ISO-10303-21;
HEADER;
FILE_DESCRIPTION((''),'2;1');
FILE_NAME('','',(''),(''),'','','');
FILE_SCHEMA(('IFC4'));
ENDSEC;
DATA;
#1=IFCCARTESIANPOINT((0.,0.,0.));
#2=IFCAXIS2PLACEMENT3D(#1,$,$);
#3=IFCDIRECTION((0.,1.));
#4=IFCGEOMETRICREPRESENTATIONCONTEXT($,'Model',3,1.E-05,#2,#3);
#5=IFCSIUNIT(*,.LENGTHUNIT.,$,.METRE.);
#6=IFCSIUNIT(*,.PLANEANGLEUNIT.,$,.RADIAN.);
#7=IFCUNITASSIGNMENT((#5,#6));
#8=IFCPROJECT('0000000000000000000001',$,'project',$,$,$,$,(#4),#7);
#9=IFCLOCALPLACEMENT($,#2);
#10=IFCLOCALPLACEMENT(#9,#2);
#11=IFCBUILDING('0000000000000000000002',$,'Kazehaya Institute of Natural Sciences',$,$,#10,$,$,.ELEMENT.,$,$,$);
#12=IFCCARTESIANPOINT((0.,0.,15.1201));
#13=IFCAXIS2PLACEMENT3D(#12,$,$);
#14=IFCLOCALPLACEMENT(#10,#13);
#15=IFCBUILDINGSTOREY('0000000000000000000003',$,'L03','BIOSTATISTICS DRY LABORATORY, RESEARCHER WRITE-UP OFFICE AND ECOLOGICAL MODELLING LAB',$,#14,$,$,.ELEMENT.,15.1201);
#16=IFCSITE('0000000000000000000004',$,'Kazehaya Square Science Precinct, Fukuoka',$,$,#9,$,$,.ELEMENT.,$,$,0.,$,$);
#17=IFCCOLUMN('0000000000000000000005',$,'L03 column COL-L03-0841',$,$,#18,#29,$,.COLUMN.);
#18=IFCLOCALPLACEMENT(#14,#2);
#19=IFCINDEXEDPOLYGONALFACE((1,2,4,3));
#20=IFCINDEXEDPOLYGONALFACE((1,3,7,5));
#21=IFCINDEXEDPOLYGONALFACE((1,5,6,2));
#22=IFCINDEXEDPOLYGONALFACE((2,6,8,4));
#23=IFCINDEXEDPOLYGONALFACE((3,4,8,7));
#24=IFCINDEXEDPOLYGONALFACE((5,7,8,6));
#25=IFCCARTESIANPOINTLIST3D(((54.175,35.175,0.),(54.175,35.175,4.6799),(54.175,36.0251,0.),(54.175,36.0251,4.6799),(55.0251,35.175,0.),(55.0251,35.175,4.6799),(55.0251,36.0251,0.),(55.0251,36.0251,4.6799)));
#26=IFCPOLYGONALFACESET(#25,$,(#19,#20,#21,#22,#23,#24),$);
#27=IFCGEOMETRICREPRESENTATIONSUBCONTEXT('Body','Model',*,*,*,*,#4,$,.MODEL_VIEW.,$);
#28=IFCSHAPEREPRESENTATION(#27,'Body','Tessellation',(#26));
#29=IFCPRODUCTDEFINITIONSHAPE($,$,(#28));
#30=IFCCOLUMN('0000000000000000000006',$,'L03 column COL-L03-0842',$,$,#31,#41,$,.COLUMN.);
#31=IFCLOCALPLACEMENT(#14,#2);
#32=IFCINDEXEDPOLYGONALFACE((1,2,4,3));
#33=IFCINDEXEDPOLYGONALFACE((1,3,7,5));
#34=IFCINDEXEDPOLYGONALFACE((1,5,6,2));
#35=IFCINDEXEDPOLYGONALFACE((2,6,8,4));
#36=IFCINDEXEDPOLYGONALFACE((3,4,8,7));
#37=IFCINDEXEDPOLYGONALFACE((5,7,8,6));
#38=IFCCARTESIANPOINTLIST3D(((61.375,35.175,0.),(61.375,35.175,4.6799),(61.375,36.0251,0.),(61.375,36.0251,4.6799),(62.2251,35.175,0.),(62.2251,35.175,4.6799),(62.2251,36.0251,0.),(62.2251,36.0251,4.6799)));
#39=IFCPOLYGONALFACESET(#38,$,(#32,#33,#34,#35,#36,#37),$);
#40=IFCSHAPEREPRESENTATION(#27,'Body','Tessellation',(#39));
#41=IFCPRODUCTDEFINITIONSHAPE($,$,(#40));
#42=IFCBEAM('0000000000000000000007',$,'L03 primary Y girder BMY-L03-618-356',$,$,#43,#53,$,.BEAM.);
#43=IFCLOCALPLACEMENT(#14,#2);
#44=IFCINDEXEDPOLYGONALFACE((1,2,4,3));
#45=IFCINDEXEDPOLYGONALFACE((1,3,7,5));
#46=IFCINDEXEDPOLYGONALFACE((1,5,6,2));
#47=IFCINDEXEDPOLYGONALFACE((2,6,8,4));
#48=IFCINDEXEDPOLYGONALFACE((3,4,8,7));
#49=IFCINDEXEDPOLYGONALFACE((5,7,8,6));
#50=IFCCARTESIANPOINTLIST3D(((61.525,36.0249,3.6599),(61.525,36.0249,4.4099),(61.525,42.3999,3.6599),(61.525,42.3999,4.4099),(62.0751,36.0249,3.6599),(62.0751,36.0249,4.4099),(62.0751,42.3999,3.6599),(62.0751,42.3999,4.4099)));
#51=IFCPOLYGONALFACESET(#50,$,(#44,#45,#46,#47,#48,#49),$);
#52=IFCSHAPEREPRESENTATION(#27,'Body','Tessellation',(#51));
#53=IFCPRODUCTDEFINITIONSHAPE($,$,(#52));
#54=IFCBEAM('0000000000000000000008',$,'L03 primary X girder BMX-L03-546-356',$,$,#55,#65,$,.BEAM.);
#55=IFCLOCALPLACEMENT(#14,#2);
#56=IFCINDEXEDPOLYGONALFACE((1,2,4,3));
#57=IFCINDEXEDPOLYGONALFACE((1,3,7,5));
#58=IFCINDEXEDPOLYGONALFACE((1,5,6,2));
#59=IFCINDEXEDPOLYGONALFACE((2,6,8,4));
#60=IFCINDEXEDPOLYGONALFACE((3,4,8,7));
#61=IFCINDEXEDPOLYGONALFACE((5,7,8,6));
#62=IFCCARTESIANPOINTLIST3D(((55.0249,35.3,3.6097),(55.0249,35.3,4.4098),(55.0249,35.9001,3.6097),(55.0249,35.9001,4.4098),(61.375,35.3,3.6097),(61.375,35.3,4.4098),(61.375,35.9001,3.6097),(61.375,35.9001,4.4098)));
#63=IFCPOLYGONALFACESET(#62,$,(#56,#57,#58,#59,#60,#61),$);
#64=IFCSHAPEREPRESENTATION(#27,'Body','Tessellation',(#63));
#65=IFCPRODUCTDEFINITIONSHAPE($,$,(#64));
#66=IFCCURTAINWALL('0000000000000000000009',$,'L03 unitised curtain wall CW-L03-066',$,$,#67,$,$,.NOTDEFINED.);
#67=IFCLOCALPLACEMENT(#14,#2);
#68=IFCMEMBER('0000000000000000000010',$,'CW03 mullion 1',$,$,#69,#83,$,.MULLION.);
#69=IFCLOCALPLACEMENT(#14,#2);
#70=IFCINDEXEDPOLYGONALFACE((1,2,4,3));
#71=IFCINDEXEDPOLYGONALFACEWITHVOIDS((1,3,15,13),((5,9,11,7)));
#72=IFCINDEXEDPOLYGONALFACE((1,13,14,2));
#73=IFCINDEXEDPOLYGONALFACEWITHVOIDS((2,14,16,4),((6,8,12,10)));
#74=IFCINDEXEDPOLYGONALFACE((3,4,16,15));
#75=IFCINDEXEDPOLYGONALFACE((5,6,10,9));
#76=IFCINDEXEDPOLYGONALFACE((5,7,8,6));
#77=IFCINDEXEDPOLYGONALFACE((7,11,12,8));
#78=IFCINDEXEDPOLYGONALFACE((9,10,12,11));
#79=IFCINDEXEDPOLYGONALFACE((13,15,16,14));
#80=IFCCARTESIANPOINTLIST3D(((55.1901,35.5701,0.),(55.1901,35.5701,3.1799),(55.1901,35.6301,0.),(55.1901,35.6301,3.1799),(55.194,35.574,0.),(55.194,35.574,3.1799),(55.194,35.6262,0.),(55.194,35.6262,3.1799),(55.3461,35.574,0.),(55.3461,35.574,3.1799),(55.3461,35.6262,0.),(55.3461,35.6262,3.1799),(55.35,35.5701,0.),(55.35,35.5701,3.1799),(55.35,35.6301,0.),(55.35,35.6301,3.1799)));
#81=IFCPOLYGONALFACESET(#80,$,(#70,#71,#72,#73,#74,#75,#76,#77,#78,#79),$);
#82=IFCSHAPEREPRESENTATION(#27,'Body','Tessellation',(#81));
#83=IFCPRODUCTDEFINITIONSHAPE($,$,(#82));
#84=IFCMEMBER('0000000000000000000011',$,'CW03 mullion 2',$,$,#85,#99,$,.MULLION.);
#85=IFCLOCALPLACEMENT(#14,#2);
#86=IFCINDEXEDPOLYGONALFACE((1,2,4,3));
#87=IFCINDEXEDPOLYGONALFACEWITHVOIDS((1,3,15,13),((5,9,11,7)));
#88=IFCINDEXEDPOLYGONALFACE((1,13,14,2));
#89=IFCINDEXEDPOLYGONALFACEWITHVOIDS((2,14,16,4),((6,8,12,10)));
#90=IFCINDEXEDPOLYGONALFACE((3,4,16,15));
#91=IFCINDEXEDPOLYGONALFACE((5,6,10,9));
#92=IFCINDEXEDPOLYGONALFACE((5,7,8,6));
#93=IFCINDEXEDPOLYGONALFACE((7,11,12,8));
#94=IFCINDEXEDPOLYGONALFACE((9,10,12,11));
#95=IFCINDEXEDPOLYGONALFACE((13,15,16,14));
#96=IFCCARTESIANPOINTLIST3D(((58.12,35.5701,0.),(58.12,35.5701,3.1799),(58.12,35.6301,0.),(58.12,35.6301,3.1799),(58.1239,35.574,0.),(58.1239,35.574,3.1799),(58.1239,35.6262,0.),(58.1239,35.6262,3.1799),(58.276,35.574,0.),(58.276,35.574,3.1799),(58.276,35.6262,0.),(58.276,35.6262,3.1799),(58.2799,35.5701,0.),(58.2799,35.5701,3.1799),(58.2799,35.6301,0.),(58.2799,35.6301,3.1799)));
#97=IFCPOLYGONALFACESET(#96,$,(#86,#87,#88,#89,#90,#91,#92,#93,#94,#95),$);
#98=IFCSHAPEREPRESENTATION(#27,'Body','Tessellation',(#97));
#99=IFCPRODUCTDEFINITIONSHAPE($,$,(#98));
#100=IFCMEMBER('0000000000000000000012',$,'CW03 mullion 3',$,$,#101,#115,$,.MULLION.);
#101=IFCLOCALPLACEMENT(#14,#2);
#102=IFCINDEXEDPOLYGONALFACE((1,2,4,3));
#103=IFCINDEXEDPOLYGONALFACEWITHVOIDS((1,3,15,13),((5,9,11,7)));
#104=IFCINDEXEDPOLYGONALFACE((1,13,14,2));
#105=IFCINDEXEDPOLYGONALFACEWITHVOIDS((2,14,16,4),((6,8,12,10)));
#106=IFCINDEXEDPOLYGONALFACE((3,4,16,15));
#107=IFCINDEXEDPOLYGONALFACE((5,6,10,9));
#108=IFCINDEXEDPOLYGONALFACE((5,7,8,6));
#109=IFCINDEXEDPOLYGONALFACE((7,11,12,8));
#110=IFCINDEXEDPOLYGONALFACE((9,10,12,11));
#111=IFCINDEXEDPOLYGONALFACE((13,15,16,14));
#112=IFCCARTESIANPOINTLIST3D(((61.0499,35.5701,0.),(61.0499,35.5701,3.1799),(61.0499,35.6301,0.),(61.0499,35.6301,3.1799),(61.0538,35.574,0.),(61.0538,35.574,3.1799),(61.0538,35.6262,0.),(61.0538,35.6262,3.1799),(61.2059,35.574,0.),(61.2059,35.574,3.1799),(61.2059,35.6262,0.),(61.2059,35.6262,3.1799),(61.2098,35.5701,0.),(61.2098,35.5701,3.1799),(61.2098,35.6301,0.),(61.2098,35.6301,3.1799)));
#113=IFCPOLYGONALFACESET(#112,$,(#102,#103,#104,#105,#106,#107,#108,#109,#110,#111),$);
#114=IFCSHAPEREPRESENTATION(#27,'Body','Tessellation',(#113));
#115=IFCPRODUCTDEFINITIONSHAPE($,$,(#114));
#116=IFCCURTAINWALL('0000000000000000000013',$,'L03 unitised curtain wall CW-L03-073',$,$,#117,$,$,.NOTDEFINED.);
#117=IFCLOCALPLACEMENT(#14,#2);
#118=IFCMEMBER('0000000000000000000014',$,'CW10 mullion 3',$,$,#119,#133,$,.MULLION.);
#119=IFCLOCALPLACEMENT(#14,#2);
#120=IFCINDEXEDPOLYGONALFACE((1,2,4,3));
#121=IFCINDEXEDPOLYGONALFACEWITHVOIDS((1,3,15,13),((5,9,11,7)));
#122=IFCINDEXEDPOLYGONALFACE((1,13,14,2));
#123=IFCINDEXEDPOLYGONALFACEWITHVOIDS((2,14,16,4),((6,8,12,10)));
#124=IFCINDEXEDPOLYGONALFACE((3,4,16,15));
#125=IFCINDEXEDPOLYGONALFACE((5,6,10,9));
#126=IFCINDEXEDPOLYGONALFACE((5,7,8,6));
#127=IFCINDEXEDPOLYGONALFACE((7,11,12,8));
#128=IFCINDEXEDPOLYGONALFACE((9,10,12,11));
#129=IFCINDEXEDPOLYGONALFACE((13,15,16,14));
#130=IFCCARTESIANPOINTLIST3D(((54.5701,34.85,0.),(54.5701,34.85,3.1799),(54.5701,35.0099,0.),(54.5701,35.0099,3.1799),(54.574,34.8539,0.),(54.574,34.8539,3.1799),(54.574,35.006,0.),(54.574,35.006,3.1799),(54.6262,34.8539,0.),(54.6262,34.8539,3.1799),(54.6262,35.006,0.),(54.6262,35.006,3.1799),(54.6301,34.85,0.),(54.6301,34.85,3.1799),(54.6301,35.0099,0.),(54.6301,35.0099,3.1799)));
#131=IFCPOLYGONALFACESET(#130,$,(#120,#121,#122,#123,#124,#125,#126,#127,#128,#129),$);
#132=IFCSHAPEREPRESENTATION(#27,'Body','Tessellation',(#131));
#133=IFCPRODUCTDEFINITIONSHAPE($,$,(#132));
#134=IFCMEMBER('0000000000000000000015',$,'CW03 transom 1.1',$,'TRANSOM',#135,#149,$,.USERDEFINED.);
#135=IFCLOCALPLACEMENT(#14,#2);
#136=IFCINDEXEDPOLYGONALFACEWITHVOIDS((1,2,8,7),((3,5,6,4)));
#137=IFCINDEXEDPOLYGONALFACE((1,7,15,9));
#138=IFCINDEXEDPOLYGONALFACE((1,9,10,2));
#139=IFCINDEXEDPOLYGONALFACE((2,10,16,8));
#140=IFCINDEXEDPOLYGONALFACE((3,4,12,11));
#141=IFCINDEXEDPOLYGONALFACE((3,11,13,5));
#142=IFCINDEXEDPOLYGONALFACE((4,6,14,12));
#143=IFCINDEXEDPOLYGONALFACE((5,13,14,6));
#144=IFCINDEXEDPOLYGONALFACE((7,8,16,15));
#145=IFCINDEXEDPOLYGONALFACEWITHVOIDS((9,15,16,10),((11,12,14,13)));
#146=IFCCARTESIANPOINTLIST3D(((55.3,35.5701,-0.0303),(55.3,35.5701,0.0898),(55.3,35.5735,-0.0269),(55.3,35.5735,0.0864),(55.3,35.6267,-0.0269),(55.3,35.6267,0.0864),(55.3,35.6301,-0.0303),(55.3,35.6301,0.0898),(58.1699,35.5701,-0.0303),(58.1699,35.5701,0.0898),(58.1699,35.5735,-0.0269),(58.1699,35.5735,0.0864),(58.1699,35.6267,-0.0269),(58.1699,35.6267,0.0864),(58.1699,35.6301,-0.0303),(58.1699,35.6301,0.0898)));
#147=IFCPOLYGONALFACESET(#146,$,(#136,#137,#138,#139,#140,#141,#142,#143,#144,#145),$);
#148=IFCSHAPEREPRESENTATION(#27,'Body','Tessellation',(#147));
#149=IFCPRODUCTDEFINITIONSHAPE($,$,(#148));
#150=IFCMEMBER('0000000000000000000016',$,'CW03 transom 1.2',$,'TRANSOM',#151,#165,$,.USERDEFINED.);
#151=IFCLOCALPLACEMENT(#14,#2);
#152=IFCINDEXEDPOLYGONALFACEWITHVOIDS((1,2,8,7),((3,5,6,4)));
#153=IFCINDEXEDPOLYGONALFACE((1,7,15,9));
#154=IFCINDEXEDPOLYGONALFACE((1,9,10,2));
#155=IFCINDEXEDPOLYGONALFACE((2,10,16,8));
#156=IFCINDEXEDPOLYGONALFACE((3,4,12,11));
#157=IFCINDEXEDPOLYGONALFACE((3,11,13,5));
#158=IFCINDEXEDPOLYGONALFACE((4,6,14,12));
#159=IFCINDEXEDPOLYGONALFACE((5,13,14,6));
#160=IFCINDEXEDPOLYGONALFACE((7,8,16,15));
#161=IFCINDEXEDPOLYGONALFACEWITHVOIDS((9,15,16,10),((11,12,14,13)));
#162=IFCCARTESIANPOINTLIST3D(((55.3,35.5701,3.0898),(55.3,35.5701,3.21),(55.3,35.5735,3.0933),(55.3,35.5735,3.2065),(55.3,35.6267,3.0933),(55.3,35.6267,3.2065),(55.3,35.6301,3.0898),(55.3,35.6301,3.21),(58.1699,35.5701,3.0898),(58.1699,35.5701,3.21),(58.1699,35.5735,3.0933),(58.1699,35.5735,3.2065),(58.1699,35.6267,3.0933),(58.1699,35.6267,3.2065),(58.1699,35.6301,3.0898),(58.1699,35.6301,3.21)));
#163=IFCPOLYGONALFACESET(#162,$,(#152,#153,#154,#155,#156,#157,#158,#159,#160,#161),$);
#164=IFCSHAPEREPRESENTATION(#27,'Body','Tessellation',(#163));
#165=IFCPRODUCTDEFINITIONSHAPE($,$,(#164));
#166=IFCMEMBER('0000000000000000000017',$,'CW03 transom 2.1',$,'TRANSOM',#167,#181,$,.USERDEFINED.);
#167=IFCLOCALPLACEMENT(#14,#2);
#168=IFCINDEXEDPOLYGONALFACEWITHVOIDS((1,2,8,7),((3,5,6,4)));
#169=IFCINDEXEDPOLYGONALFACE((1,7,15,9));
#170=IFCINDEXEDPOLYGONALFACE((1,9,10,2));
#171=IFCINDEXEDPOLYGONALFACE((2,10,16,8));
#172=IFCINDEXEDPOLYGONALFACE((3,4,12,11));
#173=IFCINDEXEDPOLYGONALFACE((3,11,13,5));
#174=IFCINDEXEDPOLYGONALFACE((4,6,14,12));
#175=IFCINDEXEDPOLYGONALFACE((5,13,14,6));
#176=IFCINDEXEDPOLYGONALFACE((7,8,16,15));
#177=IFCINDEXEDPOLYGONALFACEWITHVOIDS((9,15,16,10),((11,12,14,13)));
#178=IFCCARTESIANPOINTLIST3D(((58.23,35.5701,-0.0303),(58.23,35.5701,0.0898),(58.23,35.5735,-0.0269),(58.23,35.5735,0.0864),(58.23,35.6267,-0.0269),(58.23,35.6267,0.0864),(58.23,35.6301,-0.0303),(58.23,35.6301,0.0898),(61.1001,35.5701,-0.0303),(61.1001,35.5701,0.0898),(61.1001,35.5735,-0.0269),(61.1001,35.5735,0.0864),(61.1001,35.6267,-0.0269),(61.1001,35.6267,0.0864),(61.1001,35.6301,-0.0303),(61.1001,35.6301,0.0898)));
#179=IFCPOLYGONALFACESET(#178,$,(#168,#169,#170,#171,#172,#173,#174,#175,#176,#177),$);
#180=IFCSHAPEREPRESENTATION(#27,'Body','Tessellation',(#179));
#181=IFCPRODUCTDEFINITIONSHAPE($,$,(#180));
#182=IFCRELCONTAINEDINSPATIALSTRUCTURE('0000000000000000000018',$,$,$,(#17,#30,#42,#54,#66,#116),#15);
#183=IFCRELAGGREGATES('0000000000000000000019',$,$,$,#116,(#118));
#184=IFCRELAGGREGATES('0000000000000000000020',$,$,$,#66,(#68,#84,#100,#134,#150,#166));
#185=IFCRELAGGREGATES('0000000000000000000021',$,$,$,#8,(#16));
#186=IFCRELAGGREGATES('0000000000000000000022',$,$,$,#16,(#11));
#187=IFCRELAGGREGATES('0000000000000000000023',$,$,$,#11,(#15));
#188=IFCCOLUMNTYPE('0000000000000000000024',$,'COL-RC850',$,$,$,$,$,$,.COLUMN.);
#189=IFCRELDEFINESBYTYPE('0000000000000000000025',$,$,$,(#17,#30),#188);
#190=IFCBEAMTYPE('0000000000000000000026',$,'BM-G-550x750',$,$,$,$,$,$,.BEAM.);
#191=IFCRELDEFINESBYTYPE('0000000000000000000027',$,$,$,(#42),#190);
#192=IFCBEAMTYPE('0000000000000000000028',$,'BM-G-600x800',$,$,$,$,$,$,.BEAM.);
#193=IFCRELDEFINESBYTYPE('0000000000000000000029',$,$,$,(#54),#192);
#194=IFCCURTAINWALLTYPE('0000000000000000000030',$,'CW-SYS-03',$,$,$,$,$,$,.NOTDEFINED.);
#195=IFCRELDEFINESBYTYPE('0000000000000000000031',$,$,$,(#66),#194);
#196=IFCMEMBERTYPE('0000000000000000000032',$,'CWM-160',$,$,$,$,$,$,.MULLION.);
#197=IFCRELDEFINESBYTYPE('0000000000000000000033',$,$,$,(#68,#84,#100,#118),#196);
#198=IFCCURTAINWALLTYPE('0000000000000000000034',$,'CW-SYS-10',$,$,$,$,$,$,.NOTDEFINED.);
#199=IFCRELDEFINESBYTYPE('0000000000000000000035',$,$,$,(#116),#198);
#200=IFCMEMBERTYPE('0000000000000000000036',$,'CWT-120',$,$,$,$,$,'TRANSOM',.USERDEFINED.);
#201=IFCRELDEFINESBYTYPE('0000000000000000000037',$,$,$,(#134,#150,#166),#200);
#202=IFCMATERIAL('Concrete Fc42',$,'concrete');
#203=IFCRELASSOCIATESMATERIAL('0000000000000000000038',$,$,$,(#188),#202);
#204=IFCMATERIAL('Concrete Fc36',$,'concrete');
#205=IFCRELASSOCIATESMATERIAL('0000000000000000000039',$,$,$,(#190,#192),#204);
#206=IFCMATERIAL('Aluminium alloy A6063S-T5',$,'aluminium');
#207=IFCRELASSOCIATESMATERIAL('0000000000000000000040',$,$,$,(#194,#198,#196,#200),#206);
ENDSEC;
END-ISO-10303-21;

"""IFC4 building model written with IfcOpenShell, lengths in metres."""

from ifc_helpers import new_model, si_unit, direction, frame, origin, origin_2d, place, context, subcontext, project, spatial, rectangle, hollow_rectangle, extrude, material, material_profile, profile_set, type_object, element, aggregate, save


model = new_model("IFC4")

# Units and contexts
model_context = context("Model", 3, precision=1e-05, world=origin(), true_north=direction((0.0, 1.0)))
body_context = subcontext(model_context, "Body", "Model", "MODEL_VIEW")
ifc_project = project(units=[si_unit("LENGTHUNIT", "METRE"), si_unit("PLANEANGLEUNIT", "RADIAN")], contexts=[model_context])

# Site, building, storey
site_placement = place(None, origin())
site = spatial("IfcSite", under=ifc_project, at=site_placement, Name="Kazehaya Square Science Precinct, Fukuoka", CompositionType="ELEMENT", RefElevation=0.0)
building_placement = place(site_placement, origin())
building = spatial("IfcBuilding", under=site, at=building_placement, Name="Kazehaya Institute of Natural Sciences", CompositionType="ELEMENT")
storey_placement = place(building_placement, frame((0.0, 0.0, 15.1201)))
storey = spatial("IfcBuildingStorey", under=building, at=storey_placement, Name="L03", Description="BIOSTATISTICS DRY LABORATORY, RESEARCHER WRITE-UP OFFICE AND ECOLOGICAL MODELLING LAB", CompositionType="ELEMENT", Elevation=15.1201)

# Columns
ifc_material_1 = material(Name="Concrete Fc42", Category="concrete")
ifc_material_profile_1 = material_profile(ifc_material_1, rectangle(XDim=0.8501, YDim=0.8501, at=origin_2d()), Name="RC-850x850")
ifc_profile_set_1 = profile_set([ifc_material_profile_1], Name="Concrete Fc42")
column_type = type_object("IfcColumnType", Name="COL-RC850", PredefinedType="COLUMN", material=ifc_profile_set_1)
for number, where, z_axis, x_axis, name in (
    (1, (54.6001, 35.6001, 0.0), (0.0, 0.0, 1.0), (1.0, 0.0, 0.0), "L03 column COL-L03-0841"),
    (2, (61.8, 35.6001, 0.0), (0.0, 0.0, 1.0), (1.0, 0.0, 0.0), "L03 column COL-L03-0842"),
):
    element("IfcColumn", number, at=place(storey_placement, frame(where, z_axis=z_axis, x_axis=x_axis)), inside=storey, type_object=column_type, Name=name, PredefinedType="COLUMN", context=body_context, shape_type="SweptSolid", body=[
        extrude(rectangle(XDim=0.8501, YDim=0.8501, at=origin_2d()), origin(), (0.0, 0.0, 1.0), 4.6799),
    ])

# Beams
ifc_material_2 = material(Name="Concrete Fc36", Category="concrete")
ifc_material_profile_2 = material_profile(ifc_material_2, rectangle(XDim=0.55, YDim=0.75, at=origin_2d()), Name="RC-550x750")
ifc_profile_set_2 = profile_set([ifc_material_profile_2], Name="Concrete Fc36")
beam_type_1 = type_object("IfcBeamType", Name="BM-G-550x750", PredefinedType="BEAM", material=ifc_profile_set_2)
beam_1_placement = place(storey_placement, frame((61.8, 36.0249, 4.0349), z_axis=(0.0, 1.0, 0.0), x_axis=(-1.0, 0.0, 0.0)))
element("IfcBeam", 3, at=beam_1_placement, inside=storey, type_object=beam_type_1, Name="L03 primary Y girder BMY-L03-618-356", PredefinedType="BEAM", context=body_context, shape_type="SweptSolid", body=[
    extrude(rectangle(XDim=0.55, YDim=0.75, at=origin_2d()), origin(), (0.0, 0.0, 1.0), 6.375),
])
ifc_material_profile_3 = material_profile(ifc_material_2, rectangle(XDim=0.6001, YDim=0.8, at=origin_2d()), Name="RC-600x800")
ifc_profile_set_3 = profile_set([ifc_material_profile_3], Name="Concrete Fc36")
beam_type_2 = type_object("IfcBeamType", Name="BM-G-600x800", PredefinedType="BEAM", material=ifc_profile_set_3)
beam_2_placement = place(storey_placement, frame((55.0249, 35.6001, 4.0098), z_axis=(1.0, 0.0, 0.0), x_axis=(0.0, 1.0, 0.0)))
element("IfcBeam", 4, at=beam_2_placement, inside=storey, type_object=beam_type_2, Name="L03 primary X girder BMX-L03-546-356", PredefinedType="BEAM", context=body_context, shape_type="SweptSolid", body=[
    extrude(rectangle(XDim=0.6001, YDim=0.8, at=origin_2d()), origin(), (0.0, 0.0, 1.0), 6.3501),
])

# Curtain wall, members
ifc_material_3 = material(Name="Aluminium alloy A6063S-T5", Category="aluminium")
curtain_wall_type_1 = type_object("IfcCurtainWallType", Name="CW-SYS-03", PredefinedType="NOTDEFINED", material=ifc_material_3)
curtain_wall_1_placement = place(storey_placement, origin())
curtain_wall_1 = element("IfcCurtainWall", 5, at=curtain_wall_1_placement, inside=storey, type_object=curtain_wall_type_1, Name="L03 unitised curtain wall CW-L03-066", PredefinedType="NOTDEFINED")
ifc_material_profile_4 = material_profile(ifc_material_3, hollow_rectangle(XDim=0.0601, YDim=0.1599, WallThickness=0.0039, at=origin_2d()), Name="ALU-60x160x4")
ifc_profile_set_4 = profile_set([ifc_material_profile_4], Name="Aluminium alloy A6063S-T5")
member_type_1 = type_object("IfcMemberType", Name="CWM-160", PredefinedType="MULLION", material=ifc_profile_set_4)
member_1_placement = place(storey_placement, frame((55.27, 35.6001, 0.0), z_axis=(0.0, 0.0, 1.0), x_axis=(0.0, 1.0, 0.0)))
member_1 = element("IfcMember", 6, at=member_1_placement, type_object=member_type_1, Name="CW03 mullion 1", PredefinedType="MULLION", context=body_context, shape_type="SweptSolid", body=[
    extrude(hollow_rectangle(XDim=0.0601, YDim=0.1599, WallThickness=0.0039, at=origin_2d()), origin(), (0.0, 0.0, 1.0), 3.1799),
])
member_2_placement = place(storey_placement, frame((58.2, 35.6001, 0.0), z_axis=(0.0, 0.0, 1.0), x_axis=(0.0, 1.0, 0.0)))
member_2 = element("IfcMember", 7, at=member_2_placement, type_object=member_type_1, Name="CW03 mullion 2", PredefinedType="MULLION", context=body_context, shape_type="SweptSolid", body=[
    extrude(hollow_rectangle(XDim=0.0601, YDim=0.1599, WallThickness=0.0039, at=origin_2d()), origin(), (0.0, 0.0, 1.0), 3.1799),
])
member_3_placement = place(storey_placement, frame((61.1299, 35.6001, 0.0), z_axis=(0.0, 0.0, 1.0), x_axis=(0.0, 1.0, 0.0)))
member_3 = element("IfcMember", 8, at=member_3_placement, type_object=member_type_1, Name="CW03 mullion 3", PredefinedType="MULLION", context=body_context, shape_type="SweptSolid", body=[
    extrude(hollow_rectangle(XDim=0.0601, YDim=0.1599, WallThickness=0.0039, at=origin_2d()), origin(), (0.0, 0.0, 1.0), 3.1799),
])

# Curtain wall, member
curtain_wall_type_2 = type_object("IfcCurtainWallType", Name="CW-SYS-10", PredefinedType="NOTDEFINED", material=ifc_material_3)
curtain_wall_2_placement = place(storey_placement, origin())
curtain_wall_2 = element("IfcCurtainWall", 9, at=curtain_wall_2_placement, inside=storey, type_object=curtain_wall_type_2, Name="L03 unitised curtain wall CW-L03-073", PredefinedType="NOTDEFINED")
member_4_placement = place(storey_placement, frame((54.6001, 34.9299, 0.0), z_axis=(0.0, 0.0, 1.0), x_axis=(-1.0, 0.0, 0.0)))
member_4 = element("IfcMember", 10, at=member_4_placement, type_object=member_type_1, Name="CW10 mullion 3", PredefinedType="MULLION", context=body_context, shape_type="SweptSolid", body=[
    extrude(hollow_rectangle(XDim=0.0601, YDim=0.1599, WallThickness=0.0039, at=origin_2d()), origin(), (0.0, 0.0, 1.0), 3.1799),
])
aggregate(curtain_wall_2, [member_4])

# Members
ifc_material_profile_5 = material_profile(ifc_material_3, hollow_rectangle(XDim=0.0601, YDim=0.1201, WallThickness=0.0034, at=origin_2d()), Name="ALU-60x120x3.5")
ifc_profile_set_5 = profile_set([ifc_material_profile_5], Name="Aluminium alloy A6063S-T5")
member_type_2 = type_object("IfcMemberType", Name="CWT-120", ElementType="TRANSOM", PredefinedType="USERDEFINED", material=ifc_profile_set_5)
member_5_placement = place(storey_placement, frame((55.3, 35.6001, 0.0298), z_axis=(1.0, 0.0, 0.0), x_axis=(0.0, 1.0, 0.0)))
member_5 = element("IfcMember", 11, at=member_5_placement, type_object=member_type_2, Name="CW03 transom 1.1", ObjectType="TRANSOM", PredefinedType="USERDEFINED", context=body_context, shape_type="SweptSolid", body=[
    extrude(hollow_rectangle(XDim=0.0601, YDim=0.1201, WallThickness=0.0034, at=origin_2d()), origin(), (0.0, 0.0, 1.0), 2.8699),
])
member_6_placement = place(storey_placement, frame((55.3, 35.6001, 3.1499), z_axis=(1.0, 0.0, 0.0), x_axis=(0.0, 1.0, 0.0)))
member_6 = element("IfcMember", 12, at=member_6_placement, type_object=member_type_2, Name="CW03 transom 1.2", ObjectType="TRANSOM", PredefinedType="USERDEFINED", context=body_context, shape_type="SweptSolid", body=[
    extrude(hollow_rectangle(XDim=0.0601, YDim=0.1201, WallThickness=0.0034, at=origin_2d()), origin(), (0.0, 0.0, 1.0), 2.8699),
])
member_7_placement = place(storey_placement, frame((58.23, 35.6001, 0.0298), z_axis=(1.0, 0.0, 0.0), x_axis=(0.0, 1.0, 0.0)))
member_7 = element("IfcMember", 13, at=member_7_placement, type_object=member_type_2, Name="CW03 transom 2.1", ObjectType="TRANSOM", PredefinedType="USERDEFINED", context=body_context, shape_type="SweptSolid", body=[
    extrude(hollow_rectangle(XDim=0.0601, YDim=0.1201, WallThickness=0.0034, at=origin_2d()), origin(), (0.0, 0.0, 1.0), 2.8701),
])

aggregate(curtain_wall_1, [member_1, member_2, member_3, member_5, member_6, member_7])

save(model, "model.ifc")
